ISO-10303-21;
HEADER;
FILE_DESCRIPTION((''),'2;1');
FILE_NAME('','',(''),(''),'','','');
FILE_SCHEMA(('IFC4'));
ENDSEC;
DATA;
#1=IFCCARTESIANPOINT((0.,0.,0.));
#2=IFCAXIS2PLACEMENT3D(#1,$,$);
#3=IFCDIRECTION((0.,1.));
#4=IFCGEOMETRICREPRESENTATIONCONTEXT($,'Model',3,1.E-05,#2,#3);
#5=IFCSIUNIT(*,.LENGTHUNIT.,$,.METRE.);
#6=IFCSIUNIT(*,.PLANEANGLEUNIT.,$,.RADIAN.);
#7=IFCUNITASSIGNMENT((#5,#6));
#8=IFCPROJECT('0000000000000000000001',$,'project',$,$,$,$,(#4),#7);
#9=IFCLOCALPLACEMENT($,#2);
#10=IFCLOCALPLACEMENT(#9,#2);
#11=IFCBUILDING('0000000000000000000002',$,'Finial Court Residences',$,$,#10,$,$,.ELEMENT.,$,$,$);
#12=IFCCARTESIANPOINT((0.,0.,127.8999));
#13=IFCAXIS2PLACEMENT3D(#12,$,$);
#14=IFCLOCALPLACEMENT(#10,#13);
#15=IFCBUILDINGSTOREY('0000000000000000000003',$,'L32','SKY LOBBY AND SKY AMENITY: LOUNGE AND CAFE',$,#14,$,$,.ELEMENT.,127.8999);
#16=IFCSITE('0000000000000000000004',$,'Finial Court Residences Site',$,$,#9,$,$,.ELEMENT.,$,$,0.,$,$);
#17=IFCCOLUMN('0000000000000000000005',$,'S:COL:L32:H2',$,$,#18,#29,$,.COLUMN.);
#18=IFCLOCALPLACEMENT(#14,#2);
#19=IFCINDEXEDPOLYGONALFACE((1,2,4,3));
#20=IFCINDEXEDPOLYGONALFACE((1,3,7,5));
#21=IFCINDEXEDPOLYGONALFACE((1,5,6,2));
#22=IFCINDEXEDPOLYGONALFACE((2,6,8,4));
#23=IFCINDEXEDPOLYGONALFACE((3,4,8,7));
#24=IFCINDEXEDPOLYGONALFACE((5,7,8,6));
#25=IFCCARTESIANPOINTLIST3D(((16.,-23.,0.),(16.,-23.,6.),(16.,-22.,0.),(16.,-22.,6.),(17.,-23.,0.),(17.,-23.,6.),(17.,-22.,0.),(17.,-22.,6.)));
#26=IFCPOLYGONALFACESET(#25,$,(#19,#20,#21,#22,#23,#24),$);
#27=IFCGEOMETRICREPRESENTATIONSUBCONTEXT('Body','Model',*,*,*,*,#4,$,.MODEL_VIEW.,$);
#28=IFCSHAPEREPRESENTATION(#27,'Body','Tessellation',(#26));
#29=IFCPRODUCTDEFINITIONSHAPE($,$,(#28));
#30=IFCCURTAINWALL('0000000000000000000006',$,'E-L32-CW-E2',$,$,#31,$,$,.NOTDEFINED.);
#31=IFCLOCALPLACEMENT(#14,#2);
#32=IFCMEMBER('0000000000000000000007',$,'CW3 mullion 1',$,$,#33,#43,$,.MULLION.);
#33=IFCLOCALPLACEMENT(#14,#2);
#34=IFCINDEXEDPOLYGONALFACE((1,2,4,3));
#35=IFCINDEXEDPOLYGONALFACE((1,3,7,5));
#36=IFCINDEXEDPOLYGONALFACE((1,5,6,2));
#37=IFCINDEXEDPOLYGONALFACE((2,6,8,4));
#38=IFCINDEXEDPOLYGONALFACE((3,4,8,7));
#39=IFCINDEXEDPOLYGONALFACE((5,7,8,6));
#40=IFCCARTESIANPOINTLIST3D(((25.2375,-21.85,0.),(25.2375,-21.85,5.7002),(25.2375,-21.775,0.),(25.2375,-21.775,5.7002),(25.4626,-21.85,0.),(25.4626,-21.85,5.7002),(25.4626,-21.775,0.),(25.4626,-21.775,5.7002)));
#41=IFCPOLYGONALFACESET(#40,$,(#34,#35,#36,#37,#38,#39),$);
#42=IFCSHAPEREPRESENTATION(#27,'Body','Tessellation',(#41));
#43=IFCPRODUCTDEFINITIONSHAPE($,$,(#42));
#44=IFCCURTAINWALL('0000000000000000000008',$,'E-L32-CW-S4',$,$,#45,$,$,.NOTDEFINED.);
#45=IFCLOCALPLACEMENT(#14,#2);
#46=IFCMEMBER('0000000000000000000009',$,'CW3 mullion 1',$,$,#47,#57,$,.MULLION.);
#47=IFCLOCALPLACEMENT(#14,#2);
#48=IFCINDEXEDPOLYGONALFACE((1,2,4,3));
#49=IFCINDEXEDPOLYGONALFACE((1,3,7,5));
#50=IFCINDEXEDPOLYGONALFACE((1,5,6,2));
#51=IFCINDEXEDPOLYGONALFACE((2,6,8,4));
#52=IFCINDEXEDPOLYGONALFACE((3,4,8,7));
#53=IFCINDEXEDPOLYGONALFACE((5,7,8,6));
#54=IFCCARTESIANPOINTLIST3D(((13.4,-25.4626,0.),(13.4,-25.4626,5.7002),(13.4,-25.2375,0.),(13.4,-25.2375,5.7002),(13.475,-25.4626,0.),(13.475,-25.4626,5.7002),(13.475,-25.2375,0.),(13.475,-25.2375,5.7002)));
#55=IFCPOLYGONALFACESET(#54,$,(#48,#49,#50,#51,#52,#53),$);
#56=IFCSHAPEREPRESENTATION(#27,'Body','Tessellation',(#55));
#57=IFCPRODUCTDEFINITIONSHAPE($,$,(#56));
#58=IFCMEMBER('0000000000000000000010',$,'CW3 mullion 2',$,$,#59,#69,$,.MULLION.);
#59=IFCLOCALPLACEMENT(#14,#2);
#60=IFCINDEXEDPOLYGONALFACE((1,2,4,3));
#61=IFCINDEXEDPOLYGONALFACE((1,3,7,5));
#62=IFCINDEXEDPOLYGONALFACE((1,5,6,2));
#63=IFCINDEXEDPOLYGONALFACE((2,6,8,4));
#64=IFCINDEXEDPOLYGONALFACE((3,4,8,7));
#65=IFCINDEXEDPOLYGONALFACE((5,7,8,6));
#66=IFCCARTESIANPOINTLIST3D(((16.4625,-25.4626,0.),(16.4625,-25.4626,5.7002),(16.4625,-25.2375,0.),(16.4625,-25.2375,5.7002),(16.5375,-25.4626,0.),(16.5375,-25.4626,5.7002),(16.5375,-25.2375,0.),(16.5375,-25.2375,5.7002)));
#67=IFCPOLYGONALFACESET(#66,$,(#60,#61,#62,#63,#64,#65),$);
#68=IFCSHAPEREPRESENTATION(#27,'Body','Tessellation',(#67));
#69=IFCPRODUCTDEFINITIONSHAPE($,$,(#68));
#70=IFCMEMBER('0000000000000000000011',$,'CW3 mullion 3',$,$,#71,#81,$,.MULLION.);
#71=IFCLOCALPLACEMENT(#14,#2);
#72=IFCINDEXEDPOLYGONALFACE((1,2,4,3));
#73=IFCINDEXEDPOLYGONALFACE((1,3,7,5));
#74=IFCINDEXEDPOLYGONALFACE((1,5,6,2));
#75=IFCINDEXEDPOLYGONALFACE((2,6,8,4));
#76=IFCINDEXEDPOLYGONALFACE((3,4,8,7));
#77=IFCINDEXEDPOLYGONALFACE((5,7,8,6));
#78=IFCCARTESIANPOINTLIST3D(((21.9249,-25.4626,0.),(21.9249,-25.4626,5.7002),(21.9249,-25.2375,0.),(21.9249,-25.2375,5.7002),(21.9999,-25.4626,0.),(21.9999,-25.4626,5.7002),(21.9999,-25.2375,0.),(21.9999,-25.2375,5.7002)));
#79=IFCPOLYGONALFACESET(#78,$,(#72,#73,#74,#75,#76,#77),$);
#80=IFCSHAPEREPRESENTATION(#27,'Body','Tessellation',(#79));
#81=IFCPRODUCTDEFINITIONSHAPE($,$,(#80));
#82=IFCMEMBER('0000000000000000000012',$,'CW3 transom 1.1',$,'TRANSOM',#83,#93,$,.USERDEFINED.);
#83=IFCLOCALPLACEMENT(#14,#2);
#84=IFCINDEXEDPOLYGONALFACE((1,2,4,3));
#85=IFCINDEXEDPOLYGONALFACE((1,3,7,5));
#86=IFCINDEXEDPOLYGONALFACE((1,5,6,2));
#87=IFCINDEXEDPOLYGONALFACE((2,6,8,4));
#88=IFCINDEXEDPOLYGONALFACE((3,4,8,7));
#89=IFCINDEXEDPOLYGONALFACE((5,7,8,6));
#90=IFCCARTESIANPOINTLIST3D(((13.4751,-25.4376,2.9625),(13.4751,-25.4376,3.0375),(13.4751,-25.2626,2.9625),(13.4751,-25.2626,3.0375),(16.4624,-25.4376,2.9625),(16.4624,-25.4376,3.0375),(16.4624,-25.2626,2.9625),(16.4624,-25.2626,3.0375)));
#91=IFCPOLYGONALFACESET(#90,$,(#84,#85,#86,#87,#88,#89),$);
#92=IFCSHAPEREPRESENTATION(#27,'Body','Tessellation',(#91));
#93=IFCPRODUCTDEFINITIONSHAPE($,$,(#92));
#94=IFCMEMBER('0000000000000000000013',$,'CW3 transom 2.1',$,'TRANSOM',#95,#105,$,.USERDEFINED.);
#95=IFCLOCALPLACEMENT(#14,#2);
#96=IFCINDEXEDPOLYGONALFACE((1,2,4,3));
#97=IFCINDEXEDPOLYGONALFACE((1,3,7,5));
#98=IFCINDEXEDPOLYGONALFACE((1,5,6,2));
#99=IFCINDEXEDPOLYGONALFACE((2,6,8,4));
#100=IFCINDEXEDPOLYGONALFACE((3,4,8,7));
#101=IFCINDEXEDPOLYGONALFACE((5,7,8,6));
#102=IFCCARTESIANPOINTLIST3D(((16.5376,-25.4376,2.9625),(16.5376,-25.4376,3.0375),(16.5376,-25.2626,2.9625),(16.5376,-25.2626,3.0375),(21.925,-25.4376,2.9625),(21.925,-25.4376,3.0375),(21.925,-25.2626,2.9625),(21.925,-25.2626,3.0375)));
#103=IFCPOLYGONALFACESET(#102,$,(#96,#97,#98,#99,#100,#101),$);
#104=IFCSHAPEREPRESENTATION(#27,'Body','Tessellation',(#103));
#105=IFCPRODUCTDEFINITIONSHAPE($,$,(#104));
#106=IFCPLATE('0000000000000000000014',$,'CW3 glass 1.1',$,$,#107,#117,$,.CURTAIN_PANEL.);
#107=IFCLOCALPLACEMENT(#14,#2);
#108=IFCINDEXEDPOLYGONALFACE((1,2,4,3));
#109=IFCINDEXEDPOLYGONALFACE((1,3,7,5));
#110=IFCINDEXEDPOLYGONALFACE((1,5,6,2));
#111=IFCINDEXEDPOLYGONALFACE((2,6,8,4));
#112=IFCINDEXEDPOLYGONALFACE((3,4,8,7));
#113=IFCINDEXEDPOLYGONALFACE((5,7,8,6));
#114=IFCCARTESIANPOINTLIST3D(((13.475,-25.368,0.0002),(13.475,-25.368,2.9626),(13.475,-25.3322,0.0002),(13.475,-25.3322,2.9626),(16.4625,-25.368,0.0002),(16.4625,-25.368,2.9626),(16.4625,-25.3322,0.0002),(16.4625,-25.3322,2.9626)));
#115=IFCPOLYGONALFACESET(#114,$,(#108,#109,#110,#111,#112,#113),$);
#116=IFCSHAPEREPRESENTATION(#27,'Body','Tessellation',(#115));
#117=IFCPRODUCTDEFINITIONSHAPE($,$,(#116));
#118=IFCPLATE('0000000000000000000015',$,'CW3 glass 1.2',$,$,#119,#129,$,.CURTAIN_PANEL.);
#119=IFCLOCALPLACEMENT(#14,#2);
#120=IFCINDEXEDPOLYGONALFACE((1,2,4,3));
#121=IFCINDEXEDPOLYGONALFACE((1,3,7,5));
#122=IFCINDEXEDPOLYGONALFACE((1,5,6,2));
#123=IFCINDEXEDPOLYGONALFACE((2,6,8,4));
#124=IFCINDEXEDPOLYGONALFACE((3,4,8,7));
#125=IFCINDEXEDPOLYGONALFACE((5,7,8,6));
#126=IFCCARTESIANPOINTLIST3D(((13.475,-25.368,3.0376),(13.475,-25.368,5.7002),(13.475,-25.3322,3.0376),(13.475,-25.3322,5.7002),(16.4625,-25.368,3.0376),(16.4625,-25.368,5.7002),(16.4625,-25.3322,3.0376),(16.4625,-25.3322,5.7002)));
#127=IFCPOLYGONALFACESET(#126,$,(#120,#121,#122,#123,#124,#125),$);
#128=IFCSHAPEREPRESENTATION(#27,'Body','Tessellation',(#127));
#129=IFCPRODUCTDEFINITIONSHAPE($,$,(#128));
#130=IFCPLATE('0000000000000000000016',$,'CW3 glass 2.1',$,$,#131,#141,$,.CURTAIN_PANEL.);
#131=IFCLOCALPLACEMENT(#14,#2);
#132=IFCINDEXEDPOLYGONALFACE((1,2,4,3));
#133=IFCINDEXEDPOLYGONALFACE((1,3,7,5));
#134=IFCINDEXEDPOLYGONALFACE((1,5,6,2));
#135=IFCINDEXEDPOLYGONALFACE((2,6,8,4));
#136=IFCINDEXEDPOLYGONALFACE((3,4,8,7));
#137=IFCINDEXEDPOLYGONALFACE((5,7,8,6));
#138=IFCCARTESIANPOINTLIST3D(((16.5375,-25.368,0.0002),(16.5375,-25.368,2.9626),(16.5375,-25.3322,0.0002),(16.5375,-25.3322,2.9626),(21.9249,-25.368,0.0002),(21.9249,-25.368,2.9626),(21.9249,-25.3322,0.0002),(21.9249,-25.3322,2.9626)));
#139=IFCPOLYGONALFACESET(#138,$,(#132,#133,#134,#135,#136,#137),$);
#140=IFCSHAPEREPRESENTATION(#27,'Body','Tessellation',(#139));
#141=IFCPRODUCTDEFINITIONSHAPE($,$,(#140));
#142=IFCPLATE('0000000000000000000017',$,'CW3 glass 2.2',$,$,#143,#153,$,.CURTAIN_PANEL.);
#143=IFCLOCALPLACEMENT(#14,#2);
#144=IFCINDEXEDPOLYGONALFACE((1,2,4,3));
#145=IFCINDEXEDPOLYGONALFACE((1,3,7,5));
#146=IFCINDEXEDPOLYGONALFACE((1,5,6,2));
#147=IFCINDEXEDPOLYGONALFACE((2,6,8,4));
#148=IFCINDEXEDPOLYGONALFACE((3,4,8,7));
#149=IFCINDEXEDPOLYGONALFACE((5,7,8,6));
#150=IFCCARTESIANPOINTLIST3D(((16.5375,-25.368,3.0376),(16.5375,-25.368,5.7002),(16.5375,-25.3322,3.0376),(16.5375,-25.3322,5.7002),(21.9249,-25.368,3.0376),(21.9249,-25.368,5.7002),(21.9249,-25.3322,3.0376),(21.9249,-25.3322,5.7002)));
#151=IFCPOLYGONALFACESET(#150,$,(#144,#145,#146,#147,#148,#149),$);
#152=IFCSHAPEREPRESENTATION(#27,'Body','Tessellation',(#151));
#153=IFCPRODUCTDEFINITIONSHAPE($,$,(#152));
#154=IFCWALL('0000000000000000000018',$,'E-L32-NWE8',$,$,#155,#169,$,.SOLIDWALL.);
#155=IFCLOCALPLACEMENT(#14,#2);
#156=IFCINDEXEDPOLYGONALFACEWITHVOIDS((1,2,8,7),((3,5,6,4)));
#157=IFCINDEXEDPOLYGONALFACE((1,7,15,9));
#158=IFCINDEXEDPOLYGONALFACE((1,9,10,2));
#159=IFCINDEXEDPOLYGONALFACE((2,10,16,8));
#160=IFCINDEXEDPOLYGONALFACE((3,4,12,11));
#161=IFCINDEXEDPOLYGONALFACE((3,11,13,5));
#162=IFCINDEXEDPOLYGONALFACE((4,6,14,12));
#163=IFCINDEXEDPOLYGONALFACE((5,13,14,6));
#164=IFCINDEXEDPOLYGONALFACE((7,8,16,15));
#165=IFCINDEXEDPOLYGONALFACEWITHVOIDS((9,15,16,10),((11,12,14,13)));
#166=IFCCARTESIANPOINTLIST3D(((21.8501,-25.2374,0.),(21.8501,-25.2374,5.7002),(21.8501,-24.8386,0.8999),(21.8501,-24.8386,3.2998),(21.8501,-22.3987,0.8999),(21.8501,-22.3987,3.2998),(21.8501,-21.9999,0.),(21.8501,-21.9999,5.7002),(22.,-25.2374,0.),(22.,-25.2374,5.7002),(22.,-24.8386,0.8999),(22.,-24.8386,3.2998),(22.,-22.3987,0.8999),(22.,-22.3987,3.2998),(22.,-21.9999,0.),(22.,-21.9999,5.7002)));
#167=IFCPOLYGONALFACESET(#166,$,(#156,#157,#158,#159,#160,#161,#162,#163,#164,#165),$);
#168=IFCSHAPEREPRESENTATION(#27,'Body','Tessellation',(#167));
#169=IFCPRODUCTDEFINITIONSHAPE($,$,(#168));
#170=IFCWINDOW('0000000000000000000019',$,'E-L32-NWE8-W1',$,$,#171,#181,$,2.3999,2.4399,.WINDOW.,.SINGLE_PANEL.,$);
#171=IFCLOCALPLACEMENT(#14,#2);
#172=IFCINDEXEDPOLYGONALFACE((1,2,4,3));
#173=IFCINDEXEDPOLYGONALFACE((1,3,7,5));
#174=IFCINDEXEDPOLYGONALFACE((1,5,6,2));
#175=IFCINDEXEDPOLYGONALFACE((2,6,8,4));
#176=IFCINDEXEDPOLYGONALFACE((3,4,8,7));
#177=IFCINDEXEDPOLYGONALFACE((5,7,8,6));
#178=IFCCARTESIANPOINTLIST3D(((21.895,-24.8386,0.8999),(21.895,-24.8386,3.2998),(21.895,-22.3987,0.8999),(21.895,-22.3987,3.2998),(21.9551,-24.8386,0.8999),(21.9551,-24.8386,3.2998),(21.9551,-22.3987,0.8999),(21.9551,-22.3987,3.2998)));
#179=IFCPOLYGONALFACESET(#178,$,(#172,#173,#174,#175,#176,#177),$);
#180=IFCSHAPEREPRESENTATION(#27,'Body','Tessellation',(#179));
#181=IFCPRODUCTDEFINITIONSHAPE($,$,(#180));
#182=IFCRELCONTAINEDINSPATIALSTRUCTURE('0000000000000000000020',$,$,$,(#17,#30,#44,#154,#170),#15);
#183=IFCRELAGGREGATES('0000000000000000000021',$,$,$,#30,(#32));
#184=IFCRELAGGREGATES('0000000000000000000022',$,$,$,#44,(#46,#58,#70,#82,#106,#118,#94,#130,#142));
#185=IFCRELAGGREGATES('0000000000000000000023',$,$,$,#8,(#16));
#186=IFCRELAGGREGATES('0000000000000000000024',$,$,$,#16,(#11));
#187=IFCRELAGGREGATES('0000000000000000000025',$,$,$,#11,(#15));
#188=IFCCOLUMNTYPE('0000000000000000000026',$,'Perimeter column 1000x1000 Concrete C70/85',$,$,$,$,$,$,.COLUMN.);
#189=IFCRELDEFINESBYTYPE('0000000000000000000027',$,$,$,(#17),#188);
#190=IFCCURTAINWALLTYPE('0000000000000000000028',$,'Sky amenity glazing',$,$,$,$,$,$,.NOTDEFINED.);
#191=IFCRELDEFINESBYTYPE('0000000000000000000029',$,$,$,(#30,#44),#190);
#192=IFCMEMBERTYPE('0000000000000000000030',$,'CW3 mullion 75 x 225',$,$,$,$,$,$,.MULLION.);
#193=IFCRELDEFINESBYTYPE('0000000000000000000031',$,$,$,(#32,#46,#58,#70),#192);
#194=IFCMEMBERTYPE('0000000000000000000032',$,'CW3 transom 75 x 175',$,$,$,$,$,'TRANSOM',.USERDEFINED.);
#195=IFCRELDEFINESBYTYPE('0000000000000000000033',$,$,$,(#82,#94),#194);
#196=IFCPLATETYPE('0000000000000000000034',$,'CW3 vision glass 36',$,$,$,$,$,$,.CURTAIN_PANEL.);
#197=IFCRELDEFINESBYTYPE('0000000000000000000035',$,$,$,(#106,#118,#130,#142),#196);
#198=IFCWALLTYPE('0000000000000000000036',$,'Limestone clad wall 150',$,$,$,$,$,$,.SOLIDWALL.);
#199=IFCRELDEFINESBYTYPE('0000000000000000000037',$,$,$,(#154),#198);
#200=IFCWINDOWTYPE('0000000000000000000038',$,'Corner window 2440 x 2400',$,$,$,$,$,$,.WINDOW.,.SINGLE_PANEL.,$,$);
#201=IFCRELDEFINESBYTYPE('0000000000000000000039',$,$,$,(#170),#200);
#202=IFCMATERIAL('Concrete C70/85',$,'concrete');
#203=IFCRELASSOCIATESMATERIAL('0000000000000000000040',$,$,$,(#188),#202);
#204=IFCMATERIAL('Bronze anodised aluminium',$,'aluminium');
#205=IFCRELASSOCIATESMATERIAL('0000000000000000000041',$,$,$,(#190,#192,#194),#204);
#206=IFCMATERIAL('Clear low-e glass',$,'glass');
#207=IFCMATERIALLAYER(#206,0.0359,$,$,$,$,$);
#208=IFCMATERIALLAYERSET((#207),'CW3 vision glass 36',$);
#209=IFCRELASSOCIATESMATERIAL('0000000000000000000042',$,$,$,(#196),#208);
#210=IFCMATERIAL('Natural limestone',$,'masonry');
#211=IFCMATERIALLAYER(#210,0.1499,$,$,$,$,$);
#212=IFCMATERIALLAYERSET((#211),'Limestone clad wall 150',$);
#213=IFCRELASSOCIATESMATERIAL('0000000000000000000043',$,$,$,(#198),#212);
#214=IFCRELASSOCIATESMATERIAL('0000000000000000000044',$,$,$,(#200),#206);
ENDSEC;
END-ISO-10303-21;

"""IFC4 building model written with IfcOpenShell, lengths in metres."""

from ifc_helpers import new_model, si_unit, direction, frame, frame_2d, origin, origin_2d, place, context, subcontext, project, spatial, rectangle, extrude, material, layer, layer_set, material_profile, profile_set, type_object, element, fill, aggregate, save


model = new_model("IFC4")

# Units and contexts
model_context = context("Model", 3, precision=1e-05, world=origin(), true_north=direction((0.0, 1.0)))
body_context = subcontext(model_context, "Body", "Model", "MODEL_VIEW")
ifc_project = project(units=[si_unit("LENGTHUNIT", "METRE"), si_unit("PLANEANGLEUNIT", "RADIAN")], contexts=[model_context])

# Site, building, storey
site_placement = place(None, origin())
site = spatial("IfcSite", under=ifc_project, at=site_placement, Name="Finial Court Residences Site", CompositionType="ELEMENT", RefElevation=0.0)
building_placement = place(site_placement, origin())
building = spatial("IfcBuilding", under=site, at=building_placement, Name="Finial Court Residences", CompositionType="ELEMENT")
storey_placement = place(building_placement, frame((0.0, 0.0, 127.8999)))
storey = spatial("IfcBuildingStorey", under=building, at=storey_placement, Name="L32", Description="SKY LOBBY AND SKY AMENITY: LOUNGE AND CAFE", CompositionType="ELEMENT", Elevation=127.8999)

# Column
ifc_material_1 = material(Name="Concrete C70/85", Category="concrete")
ifc_material_profile_1 = material_profile(ifc_material_1, rectangle(XDim=1.0, YDim=1.0, at=origin_2d()), Name="1000x1000")
ifc_profile_set_1 = profile_set([ifc_material_profile_1], Name="Concrete C70/85")
column_type = type_object("IfcColumnType", Name="Perimeter column 1000x1000 Concrete C70/85", PredefinedType="COLUMN", material=ifc_profile_set_1)
column_placement = place(storey_placement, frame((16.5, -22.5, 0.0), z_axis=(0.0, 0.0, 1.0), x_axis=(1.0, 0.0, 0.0)))
element("IfcColumn", 1, at=column_placement, inside=storey, type_object=column_type, Name="S:COL:L32:H2", PredefinedType="COLUMN", context=body_context, shape_type="SweptSolid", body=[
    extrude(rectangle(XDim=1.0, YDim=1.0, at=origin_2d()), origin(), (0.0, 0.0, 1.0), 6.0),
])

# Curtain wall, member
ifc_material_2 = material(Name="Bronze anodised aluminium", Category="aluminium")
curtain_wall_type = type_object("IfcCurtainWallType", Name="Sky amenity glazing", PredefinedType="NOTDEFINED", material=ifc_material_2)
curtain_wall_1_placement = place(storey_placement, origin())
curtain_wall_1 = element("IfcCurtainWall", 2, at=curtain_wall_1_placement, inside=storey, type_object=curtain_wall_type, Name="E-L32-CW-E2", PredefinedType="NOTDEFINED")
ifc_material_profile_2 = material_profile(ifc_material_2, rectangle(XDim=0.2251, YDim=0.075, at=origin_2d()), Name="CW3 mullion 75 x 225")
ifc_profile_set_2 = profile_set([ifc_material_profile_2], Name="Bronze anodised aluminium")
member_type_1 = type_object("IfcMemberType", Name="CW3 mullion 75 x 225", PredefinedType="MULLION", material=ifc_profile_set_2)
member_1_placement = place(storey_placement, frame((25.3501, -21.8125, 0.0), z_axis=(0.0, 0.0, 1.0), x_axis=(-1.0, 0.0, 0.0)))
member_1 = element("IfcMember", 3, at=member_1_placement, type_object=member_type_1, Name="CW3 mullion 1", PredefinedType="MULLION", context=body_context, shape_type="SweptSolid", body=[
    extrude(rectangle(XDim=0.2251, YDim=0.075, at=origin_2d()), origin(), (0.0, 0.0, 1.0), 5.7002),
])
aggregate(curtain_wall_1, [member_1])

# Curtain wall, members, plates
curtain_wall_2_placement = place(storey_placement, origin())
curtain_wall_2 = element("IfcCurtainWall", 4, at=curtain_wall_2_placement, inside=storey, type_object=curtain_wall_type, Name="E-L32-CW-S4", PredefinedType="NOTDEFINED")
member_2_placement = place(storey_placement, frame((13.4375, -25.3501, 0.0), z_axis=(0.0, 0.0, 1.0), x_axis=(0.0, 1.0, 0.0)))
member_2 = element("IfcMember", 5, at=member_2_placement, type_object=member_type_1, Name="CW3 mullion 1", PredefinedType="MULLION", context=body_context, shape_type="SweptSolid", body=[
    extrude(rectangle(XDim=0.2251, YDim=0.075, at=origin_2d()), origin(), (0.0, 0.0, 1.0), 5.7002),
])
member_3_placement = place(storey_placement, frame((16.5, -25.3501, 0.0), z_axis=(0.0, 0.0, 1.0), x_axis=(0.0, 1.0, 0.0)))
member_3 = element("IfcMember", 6, at=member_3_placement, type_object=member_type_1, Name="CW3 mullion 2", PredefinedType="MULLION", context=body_context, shape_type="SweptSolid", body=[
    extrude(rectangle(XDim=0.2251, YDim=0.075, at=origin_2d()), origin(), (0.0, 0.0, 1.0), 5.7002),
])
member_4_placement = place(storey_placement, frame((21.9624, -25.3501, 0.0), z_axis=(0.0, 0.0, 1.0), x_axis=(0.0, 1.0, 0.0)))
member_4 = element("IfcMember", 7, at=member_4_placement, type_object=member_type_1, Name="CW3 mullion 3", PredefinedType="MULLION", context=body_context, shape_type="SweptSolid", body=[
    extrude(rectangle(XDim=0.2251, YDim=0.075, at=origin_2d()), origin(), (0.0, 0.0, 1.0), 5.7002),
])
ifc_material_profile_3 = material_profile(ifc_material_2, rectangle(XDim=0.175, YDim=0.075, at=origin_2d()), Name="CW3 transom 75 x 175")
ifc_profile_set_3 = profile_set([ifc_material_profile_3], Name="Bronze anodised aluminium")
member_type_2 = type_object("IfcMemberType", Name="CW3 transom 75 x 175", ElementType="TRANSOM", PredefinedType="USERDEFINED", material=ifc_profile_set_3)
member_5_placement = place(storey_placement, frame((13.4751, -25.3501, 3.0), z_axis=(1.0, 0.0, 0.0), x_axis=(0.0, 1.0, 0.0)))
member_5 = element("IfcMember", 8, at=member_5_placement, type_object=member_type_2, Name="CW3 transom 1.1", ObjectType="TRANSOM", PredefinedType="USERDEFINED", context=body_context, shape_type="SweptSolid", body=[
    extrude(rectangle(XDim=0.175, YDim=0.075, at=origin_2d()), origin(), (0.0, 0.0, 1.0), 2.9873),
])
member_6_placement = place(storey_placement, frame((16.5376, -25.3501, 3.0), z_axis=(1.0, 0.0, 0.0), x_axis=(0.0, 1.0, 0.0)))
member_6 = element("IfcMember", 9, at=member_6_placement, type_object=member_type_2, Name="CW3 transom 2.1", ObjectType="TRANSOM", PredefinedType="USERDEFINED", context=body_context, shape_type="SweptSolid", body=[
    extrude(rectangle(XDim=0.175, YDim=0.075, at=origin_2d()), origin(), (0.0, 0.0, 1.0), 5.3875),
])
ifc_material_3 = material(Name="Clear low-e glass", Category="glass")
ifc_layer_1 = layer(ifc_material_3, 0.0359)
ifc_layer_set_1 = layer_set([ifc_layer_1], Name="CW3 vision glass 36")
plate_type = type_object("IfcPlateType", Name="CW3 vision glass 36", PredefinedType="CURTAIN_PANEL", material=ifc_layer_set_1)
plate_1_placement = place(storey_placement, frame((14.9688, -25.3501, 0.0002), z_axis=(0.0, 0.0, 1.0), x_axis=(1.0, 0.0, 0.0)))
plate_1 = element("IfcPlate", 10, at=plate_1_placement, type_object=plate_type, Name="CW3 glass 1.1", PredefinedType="CURTAIN_PANEL", context=body_context, shape_type="SweptSolid", body=[
    extrude(rectangle(XDim=2.9875, YDim=0.0359, at=origin_2d()), origin(), (0.0, 0.0, 1.0), 2.9624),
])
plate_2_placement = place(storey_placement, frame((14.9688, -25.3501, 3.0376), z_axis=(0.0, 0.0, 1.0), x_axis=(1.0, 0.0, 0.0)))
plate_2 = element("IfcPlate", 11, at=plate_2_placement, type_object=plate_type, Name="CW3 glass 1.2", PredefinedType="CURTAIN_PANEL", context=body_context, shape_type="SweptSolid", body=[
    extrude(rectangle(XDim=2.9875, YDim=0.0359, at=origin_2d()), origin(), (0.0, 0.0, 1.0), 2.6626),
])
plate_3_placement = place(storey_placement, frame((19.2312, -25.3501, 0.0002), z_axis=(0.0, 0.0, 1.0), x_axis=(1.0, 0.0, 0.0)))
plate_3 = element("IfcPlate", 12, at=plate_3_placement, type_object=plate_type, Name="CW3 glass 2.1", PredefinedType="CURTAIN_PANEL", context=body_context, shape_type="SweptSolid", body=[
    extrude(rectangle(XDim=5.3875, YDim=0.0359, at=origin_2d()), origin(), (0.0, 0.0, 1.0), 2.9624),
])
plate_4_placement = place(storey_placement, frame((19.2312, -25.3501, 3.0376), z_axis=(0.0, 0.0, 1.0), x_axis=(1.0, 0.0, 0.0)))
plate_4 = element("IfcPlate", 13, at=plate_4_placement, type_object=plate_type, Name="CW3 glass 2.2", PredefinedType="CURTAIN_PANEL", context=body_context, shape_type="SweptSolid", body=[
    extrude(rectangle(XDim=5.3875, YDim=0.0359, at=origin_2d()), origin(), (0.0, 0.0, 1.0), 2.6626),
])
aggregate(curtain_wall_2, [member_2, member_3, member_4, member_5, plate_1, plate_2, member_6, plate_3, plate_4])

# Wall, opening, window
ifc_material_4 = material(Name="Natural limestone", Category="masonry")
ifc_layer_2 = layer(ifc_material_4, 0.1499)
ifc_layer_set_2 = layer_set([ifc_layer_2], Name="Limestone clad wall 150")
wall_type = type_object("IfcWallType", Name="Limestone clad wall 150", PredefinedType="SOLIDWALL", material=ifc_layer_set_2)
wall_1_placement = place(storey_placement, frame((21.925, -22.0, 0.0), z_axis=(0.0, 0.0, 1.0), x_axis=(0.0, -1.0, 0.0)))
wall_1 = element("IfcWall", 14, at=wall_1_placement, inside=storey, type_object=wall_type, Name="E-L32-NWE8", PredefinedType="SOLIDWALL", context=body_context, shape_type="SweptSolid", body=[
    extrude(rectangle(XDim=3.2375, YDim=0.1499, at=frame_2d((1.6187, 0.0))), origin(), (0.0, 0.0, 1.0), 5.7002),
])
opening_1_placement = place(wall_1_placement, frame((0.3987, 0.0, 0.8999)))
opening_1 = element("IfcOpeningElement", 15, at=opening_1_placement, cuts=wall_1, PredefinedType="OPENING", context=body_context, shape_type="SweptSolid", body=[
    extrude(rectangle(XDim=2.4399, YDim=2.3999, at=frame_2d((1.22, 1.2))), frame((0.0, 0.085, 0.0), z_axis=(0.0, -1.0, 0.0), x_axis=(1.0, 0.0, 0.0)), (0.0, 0.0, 1.0), 0.1699),
])
window_type_1 = type_object("IfcWindowType", Name="Corner window 2440 x 2400", PartitioningType="SINGLE_PANEL", PredefinedType="WINDOW", material=ifc_material_3)
window_1_placement = place(opening_1_placement, origin())
window_1 = element("IfcWindow", 16, at=window_1_placement, inside=storey, type_object=window_type_1, Name="E-L32-NWE8-W1", OverallHeight=2.3999, OverallWidth=2.4399, PartitioningType="SINGLE_PANEL", PredefinedType="WINDOW", context=body_context, shape_type="SweptSolid", body=[
    extrude(rectangle(XDim=2.4399, YDim=2.3999, at=frame_2d((1.22, 1.2))), frame((0.0, 0.03, 0.0), z_axis=(0.0, -1.0, 0.0), x_axis=(1.0, 0.0, 0.0)), (0.0, 0.0, 1.0), 0.0601),
])
fill(opening_1, window_1)

save(model, "model.ifc")
